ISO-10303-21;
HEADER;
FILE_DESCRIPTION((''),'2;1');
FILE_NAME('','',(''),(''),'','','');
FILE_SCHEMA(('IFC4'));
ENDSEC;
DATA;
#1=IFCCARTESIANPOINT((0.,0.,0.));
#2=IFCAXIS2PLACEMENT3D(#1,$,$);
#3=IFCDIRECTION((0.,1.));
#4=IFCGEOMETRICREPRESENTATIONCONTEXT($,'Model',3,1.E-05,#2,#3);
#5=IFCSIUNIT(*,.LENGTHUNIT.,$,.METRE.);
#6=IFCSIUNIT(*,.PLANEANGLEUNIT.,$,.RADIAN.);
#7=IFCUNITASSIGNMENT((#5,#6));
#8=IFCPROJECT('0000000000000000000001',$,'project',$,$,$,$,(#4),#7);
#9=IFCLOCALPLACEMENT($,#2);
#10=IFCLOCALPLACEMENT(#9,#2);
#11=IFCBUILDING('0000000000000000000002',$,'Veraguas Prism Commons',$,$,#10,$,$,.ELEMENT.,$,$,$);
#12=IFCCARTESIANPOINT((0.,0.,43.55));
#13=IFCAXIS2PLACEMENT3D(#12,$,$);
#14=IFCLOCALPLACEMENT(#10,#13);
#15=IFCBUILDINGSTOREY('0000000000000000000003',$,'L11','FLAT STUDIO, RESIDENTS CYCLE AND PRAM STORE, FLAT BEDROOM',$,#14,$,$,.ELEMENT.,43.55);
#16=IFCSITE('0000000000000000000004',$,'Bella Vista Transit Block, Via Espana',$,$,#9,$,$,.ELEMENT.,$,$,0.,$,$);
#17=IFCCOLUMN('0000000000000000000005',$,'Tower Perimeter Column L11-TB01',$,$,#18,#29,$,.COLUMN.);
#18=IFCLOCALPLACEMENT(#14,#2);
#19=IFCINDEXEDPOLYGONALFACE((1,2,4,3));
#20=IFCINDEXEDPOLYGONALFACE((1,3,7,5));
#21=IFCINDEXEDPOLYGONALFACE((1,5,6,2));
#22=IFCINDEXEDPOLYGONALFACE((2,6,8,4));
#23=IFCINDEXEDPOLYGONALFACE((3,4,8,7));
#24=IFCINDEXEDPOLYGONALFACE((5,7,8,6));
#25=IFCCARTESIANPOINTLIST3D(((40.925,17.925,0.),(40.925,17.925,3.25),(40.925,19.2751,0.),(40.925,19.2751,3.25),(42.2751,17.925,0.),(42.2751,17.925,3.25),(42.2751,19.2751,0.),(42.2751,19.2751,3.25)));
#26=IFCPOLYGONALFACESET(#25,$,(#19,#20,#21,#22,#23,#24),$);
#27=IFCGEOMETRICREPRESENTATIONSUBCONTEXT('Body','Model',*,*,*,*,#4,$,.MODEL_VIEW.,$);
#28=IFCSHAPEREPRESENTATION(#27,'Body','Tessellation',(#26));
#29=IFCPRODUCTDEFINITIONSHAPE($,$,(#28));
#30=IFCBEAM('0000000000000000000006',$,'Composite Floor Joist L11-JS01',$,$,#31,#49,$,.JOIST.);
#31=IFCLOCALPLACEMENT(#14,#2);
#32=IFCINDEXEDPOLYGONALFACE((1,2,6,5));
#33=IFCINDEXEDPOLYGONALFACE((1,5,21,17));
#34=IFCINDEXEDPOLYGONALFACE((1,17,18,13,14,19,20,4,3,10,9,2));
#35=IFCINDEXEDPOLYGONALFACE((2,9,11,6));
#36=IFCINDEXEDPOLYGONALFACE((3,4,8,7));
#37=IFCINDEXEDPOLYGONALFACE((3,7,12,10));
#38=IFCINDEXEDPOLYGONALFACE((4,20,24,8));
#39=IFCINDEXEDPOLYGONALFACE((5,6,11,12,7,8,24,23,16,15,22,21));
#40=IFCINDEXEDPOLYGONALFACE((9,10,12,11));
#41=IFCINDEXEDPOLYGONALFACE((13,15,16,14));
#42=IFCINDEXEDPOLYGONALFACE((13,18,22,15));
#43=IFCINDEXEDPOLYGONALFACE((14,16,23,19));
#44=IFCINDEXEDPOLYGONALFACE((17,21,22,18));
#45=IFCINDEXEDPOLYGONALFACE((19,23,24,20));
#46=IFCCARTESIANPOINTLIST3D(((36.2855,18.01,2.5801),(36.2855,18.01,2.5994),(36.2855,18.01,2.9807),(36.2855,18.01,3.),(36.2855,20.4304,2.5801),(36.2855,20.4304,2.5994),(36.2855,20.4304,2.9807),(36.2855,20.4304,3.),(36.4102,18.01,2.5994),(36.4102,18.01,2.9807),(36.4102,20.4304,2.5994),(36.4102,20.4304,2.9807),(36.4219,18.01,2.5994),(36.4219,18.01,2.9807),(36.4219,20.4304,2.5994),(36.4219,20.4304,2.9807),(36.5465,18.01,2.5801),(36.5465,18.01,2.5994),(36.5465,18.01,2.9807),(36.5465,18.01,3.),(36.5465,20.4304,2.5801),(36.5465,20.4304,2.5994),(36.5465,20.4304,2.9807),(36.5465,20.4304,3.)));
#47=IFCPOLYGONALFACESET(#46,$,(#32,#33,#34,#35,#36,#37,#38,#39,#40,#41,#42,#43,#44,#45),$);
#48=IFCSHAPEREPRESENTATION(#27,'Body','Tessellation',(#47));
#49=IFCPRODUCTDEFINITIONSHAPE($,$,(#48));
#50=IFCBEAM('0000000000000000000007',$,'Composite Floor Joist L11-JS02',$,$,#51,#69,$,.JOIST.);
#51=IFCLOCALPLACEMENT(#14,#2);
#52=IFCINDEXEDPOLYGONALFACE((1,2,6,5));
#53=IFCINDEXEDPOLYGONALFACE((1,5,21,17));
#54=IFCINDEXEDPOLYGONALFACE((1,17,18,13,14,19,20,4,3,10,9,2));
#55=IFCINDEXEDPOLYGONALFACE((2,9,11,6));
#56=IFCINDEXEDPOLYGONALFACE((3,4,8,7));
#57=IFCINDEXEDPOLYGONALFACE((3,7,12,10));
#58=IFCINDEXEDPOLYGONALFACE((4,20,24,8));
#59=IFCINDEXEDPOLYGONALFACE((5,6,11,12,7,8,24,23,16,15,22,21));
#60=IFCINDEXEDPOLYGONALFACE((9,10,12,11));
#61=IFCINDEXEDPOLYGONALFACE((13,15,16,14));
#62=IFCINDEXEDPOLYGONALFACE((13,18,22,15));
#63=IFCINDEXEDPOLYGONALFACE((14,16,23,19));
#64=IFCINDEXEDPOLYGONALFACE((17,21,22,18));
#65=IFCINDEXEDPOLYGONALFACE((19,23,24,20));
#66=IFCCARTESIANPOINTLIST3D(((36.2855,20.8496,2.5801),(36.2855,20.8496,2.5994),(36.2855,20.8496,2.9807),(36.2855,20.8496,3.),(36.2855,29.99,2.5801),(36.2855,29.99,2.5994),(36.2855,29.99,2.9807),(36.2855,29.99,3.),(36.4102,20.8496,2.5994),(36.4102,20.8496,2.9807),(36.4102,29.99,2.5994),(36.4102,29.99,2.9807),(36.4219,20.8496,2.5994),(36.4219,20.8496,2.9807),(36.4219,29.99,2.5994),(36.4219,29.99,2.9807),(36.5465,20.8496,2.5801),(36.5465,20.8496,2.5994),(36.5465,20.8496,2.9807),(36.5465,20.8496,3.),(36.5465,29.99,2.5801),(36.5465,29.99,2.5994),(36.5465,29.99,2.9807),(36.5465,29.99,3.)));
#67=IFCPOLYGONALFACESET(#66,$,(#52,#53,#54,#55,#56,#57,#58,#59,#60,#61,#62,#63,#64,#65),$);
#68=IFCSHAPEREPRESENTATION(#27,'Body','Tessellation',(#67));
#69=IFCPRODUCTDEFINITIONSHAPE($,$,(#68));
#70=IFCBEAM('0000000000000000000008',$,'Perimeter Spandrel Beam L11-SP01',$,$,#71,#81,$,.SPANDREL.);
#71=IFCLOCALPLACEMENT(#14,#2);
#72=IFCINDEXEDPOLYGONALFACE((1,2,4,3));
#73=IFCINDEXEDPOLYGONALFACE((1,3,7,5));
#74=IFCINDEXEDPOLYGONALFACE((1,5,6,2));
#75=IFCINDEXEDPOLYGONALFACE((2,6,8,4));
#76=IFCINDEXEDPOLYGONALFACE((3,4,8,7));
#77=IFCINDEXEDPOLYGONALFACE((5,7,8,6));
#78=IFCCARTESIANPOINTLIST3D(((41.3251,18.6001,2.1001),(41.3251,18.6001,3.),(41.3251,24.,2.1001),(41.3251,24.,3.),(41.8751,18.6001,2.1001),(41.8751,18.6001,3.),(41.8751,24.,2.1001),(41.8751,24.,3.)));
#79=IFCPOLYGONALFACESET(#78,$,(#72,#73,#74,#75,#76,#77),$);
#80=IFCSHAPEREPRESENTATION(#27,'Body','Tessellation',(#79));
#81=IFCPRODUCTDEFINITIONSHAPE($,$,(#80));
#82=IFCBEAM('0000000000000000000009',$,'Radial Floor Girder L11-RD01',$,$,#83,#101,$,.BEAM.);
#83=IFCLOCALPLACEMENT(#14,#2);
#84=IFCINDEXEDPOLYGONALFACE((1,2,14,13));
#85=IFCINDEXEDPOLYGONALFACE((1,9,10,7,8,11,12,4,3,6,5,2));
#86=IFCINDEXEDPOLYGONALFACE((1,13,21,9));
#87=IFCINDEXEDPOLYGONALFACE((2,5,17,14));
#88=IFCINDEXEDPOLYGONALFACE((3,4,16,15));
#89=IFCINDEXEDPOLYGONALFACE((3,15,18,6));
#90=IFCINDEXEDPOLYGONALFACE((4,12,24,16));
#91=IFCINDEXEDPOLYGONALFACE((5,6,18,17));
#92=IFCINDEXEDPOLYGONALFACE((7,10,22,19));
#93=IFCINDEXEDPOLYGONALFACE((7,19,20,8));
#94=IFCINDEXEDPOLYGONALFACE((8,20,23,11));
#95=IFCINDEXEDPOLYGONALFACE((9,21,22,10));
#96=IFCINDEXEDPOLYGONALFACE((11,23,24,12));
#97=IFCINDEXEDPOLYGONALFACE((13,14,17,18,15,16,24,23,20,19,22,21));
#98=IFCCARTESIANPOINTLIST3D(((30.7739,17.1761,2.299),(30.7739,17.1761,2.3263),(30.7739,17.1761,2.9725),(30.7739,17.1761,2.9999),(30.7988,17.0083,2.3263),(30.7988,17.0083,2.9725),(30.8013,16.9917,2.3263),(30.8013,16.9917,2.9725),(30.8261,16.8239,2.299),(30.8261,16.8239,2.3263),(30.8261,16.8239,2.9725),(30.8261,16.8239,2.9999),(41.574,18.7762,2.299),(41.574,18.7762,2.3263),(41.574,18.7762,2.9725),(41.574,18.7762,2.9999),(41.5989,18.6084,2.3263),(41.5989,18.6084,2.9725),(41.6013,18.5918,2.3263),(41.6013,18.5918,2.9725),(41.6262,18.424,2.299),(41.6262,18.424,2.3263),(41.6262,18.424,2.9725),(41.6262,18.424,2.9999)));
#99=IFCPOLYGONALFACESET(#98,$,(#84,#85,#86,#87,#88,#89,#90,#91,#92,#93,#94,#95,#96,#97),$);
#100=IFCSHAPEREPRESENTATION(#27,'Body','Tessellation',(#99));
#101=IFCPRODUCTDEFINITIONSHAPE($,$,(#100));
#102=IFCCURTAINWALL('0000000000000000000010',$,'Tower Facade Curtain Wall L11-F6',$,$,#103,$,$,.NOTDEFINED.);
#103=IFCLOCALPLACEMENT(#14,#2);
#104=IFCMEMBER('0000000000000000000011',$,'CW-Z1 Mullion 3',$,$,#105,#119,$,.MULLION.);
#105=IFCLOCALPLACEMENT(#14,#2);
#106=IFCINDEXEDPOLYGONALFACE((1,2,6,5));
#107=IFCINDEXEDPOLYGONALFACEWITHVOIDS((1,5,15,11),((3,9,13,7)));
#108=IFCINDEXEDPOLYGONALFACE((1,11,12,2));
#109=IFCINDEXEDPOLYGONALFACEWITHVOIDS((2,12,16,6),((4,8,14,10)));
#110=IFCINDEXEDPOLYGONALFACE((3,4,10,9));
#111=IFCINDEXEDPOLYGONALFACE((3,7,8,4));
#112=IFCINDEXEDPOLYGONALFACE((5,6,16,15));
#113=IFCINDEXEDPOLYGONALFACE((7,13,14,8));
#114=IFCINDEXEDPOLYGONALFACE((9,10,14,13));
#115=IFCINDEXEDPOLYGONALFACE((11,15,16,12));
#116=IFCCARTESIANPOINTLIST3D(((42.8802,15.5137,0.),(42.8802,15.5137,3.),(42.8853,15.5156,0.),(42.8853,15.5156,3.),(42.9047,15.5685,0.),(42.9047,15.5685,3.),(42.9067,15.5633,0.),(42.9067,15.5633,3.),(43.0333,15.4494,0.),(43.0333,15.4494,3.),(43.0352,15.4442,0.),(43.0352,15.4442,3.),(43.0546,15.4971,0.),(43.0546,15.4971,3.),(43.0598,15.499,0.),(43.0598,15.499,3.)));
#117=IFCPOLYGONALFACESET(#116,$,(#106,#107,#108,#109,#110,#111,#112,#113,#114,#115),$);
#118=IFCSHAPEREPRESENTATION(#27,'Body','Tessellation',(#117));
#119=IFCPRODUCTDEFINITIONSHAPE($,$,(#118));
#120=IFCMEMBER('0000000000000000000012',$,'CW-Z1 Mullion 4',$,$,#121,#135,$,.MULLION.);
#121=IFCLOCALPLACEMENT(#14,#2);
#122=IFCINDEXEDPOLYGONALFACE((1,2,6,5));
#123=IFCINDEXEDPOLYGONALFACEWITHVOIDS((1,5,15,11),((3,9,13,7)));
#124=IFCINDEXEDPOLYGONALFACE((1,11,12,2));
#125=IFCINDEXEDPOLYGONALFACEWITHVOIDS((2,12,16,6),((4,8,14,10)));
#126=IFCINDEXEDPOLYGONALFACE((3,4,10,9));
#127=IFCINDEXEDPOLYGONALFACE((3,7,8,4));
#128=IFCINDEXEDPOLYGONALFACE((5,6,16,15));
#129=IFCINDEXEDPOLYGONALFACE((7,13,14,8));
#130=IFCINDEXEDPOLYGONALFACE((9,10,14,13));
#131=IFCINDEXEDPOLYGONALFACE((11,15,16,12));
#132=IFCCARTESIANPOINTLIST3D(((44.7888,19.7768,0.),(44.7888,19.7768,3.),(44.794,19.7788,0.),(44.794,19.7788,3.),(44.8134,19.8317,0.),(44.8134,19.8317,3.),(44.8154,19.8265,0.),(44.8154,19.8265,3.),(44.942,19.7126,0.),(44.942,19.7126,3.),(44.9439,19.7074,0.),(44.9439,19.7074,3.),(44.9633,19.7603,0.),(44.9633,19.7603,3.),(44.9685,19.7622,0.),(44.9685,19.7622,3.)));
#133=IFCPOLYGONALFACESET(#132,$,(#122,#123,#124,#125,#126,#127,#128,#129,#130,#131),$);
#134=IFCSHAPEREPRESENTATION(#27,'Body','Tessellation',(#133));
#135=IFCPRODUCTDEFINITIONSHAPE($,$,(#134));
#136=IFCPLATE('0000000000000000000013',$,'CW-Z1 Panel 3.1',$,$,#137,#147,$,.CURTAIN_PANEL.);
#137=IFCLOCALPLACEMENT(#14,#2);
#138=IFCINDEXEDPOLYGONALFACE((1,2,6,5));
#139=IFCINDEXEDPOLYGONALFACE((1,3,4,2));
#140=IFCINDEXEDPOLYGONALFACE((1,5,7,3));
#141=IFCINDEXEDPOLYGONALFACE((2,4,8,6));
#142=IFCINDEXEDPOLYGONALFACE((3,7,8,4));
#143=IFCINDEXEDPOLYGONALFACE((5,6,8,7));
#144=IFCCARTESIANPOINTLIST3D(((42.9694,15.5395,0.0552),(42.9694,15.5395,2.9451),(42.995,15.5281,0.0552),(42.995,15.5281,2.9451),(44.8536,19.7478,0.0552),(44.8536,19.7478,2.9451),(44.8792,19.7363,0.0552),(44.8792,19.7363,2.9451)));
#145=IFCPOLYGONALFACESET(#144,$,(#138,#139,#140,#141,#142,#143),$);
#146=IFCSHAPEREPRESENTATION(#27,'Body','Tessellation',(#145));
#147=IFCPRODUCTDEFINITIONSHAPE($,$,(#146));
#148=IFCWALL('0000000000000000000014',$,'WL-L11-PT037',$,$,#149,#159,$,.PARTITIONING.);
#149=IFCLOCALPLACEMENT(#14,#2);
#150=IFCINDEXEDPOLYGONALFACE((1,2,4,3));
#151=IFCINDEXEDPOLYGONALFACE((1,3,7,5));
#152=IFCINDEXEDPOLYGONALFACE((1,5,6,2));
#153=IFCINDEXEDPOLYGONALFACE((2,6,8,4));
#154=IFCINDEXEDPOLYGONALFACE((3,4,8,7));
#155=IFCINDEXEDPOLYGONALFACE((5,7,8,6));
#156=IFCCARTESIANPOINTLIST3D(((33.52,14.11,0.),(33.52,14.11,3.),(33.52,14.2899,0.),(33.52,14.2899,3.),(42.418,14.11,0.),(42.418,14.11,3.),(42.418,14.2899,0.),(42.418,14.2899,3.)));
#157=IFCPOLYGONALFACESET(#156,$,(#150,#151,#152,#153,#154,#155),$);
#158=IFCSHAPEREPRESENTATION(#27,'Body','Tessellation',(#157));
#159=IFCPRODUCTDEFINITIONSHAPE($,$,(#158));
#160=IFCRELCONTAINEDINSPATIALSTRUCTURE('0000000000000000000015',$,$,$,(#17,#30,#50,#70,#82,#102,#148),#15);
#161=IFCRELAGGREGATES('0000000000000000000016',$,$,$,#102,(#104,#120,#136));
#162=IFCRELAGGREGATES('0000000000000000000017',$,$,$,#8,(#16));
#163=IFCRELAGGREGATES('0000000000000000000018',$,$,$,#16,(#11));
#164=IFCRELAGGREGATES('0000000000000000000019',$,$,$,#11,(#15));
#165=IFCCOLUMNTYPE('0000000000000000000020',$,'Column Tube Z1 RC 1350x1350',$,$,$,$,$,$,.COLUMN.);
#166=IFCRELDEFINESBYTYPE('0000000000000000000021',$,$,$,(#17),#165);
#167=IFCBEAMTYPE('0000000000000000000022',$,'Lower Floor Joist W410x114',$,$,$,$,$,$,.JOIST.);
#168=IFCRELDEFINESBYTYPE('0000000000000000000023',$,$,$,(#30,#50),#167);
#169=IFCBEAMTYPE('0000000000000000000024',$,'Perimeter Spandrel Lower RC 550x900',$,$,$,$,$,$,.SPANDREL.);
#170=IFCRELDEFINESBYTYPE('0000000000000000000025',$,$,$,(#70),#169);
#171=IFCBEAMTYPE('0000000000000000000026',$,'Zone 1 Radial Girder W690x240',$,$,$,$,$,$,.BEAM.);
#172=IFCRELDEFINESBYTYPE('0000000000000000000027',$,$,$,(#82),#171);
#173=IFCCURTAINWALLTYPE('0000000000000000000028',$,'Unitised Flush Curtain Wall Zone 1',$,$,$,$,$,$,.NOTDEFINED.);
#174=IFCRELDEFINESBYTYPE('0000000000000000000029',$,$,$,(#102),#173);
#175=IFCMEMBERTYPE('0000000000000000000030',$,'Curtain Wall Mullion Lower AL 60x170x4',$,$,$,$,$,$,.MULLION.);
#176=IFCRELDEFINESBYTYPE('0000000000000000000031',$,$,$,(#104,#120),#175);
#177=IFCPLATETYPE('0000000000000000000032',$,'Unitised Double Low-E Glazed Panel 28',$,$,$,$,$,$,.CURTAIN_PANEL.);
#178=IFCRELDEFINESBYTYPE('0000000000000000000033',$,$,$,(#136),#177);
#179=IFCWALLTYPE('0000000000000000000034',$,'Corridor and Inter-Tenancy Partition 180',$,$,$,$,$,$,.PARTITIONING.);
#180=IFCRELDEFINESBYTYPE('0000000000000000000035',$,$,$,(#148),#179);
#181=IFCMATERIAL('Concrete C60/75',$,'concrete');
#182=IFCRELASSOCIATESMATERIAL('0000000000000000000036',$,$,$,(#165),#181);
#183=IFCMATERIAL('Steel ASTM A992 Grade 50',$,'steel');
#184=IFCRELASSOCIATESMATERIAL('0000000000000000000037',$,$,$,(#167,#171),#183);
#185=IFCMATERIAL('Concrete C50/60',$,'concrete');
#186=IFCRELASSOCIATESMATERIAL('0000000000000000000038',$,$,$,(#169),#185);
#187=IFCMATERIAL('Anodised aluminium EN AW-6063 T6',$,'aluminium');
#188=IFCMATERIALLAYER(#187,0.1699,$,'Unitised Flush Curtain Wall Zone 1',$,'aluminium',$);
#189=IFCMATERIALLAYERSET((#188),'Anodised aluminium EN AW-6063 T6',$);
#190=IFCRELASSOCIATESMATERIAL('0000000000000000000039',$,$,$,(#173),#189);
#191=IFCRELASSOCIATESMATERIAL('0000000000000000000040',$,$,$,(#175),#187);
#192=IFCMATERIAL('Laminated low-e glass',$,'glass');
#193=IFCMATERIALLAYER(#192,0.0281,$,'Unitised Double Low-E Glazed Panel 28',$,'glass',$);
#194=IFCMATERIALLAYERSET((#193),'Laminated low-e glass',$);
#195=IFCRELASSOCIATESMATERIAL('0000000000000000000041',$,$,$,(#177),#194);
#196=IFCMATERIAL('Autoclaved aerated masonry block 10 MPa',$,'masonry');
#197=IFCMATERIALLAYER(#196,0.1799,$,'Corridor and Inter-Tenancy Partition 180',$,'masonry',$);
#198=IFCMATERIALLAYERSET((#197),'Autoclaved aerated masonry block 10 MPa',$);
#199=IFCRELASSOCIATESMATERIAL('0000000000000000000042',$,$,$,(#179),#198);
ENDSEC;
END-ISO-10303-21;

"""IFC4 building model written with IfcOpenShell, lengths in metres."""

from ifc_helpers import new_model, si_unit, direction, frame, frame_2d, origin, origin_2d, place, context, subcontext, project, spatial, rectangle, hollow_rectangle, i_section, extrude, source, transform, mapped, material, layer, layer_set, material_profile, profile_set, type_object, element, aggregate, save


model = new_model("IFC4")

# Units and contexts
model_context = context("Model", 3, precision=1e-05, world=origin(), true_north=direction((0.0, 1.0)))
body_context = subcontext(model_context, "Body", "Model", "MODEL_VIEW")
ifc_project = project(units=[si_unit("LENGTHUNIT", "METRE"), si_unit("PLANEANGLEUNIT", "RADIAN")], contexts=[model_context])

# Site, building, storey
site_placement = place(None, origin())
site = spatial("IfcSite", under=ifc_project, at=site_placement, Name="Bella Vista Transit Block, Via Espana", CompositionType="ELEMENT", RefElevation=0.0)
building_placement = place(site_placement, origin())
building = spatial("IfcBuilding", under=site, at=building_placement, Name="Veraguas Prism Commons", CompositionType="ELEMENT")
storey_placement = place(building_placement, frame((0.0, 0.0, 43.55)))
storey = spatial("IfcBuildingStorey", under=building, at=storey_placement, Name="L11", Description="FLAT STUDIO, RESIDENTS CYCLE AND PRAM STORE, FLAT BEDROOM", CompositionType="ELEMENT", Elevation=43.55)

# Column
ifc_material_1 = material(Name="Concrete C60/75", Category="concrete")
ifc_material_profile_1 = material_profile(ifc_material_1, rectangle(XDim=1.3501, YDim=1.3501, at=origin_2d()), Name="RC1350X1350")
ifc_profile_set_1 = profile_set([ifc_material_profile_1], Name="Concrete C60/75")
column_type = type_object("IfcColumnType", Name="Column Tube Z1 RC 1350x1350", PredefinedType="COLUMN", material=ifc_profile_set_1)
column_placement = place(storey_placement, frame((41.6001, 18.6001, 0.0), z_axis=(0.0, 0.0, 1.0), x_axis=(1.0, 0.0, 0.0)))
element("IfcColumn", 1, at=column_placement, inside=storey, type_object=column_type, Name="Tower Perimeter Column L11-TB01", PredefinedType="COLUMN", context=body_context, shape_type="SweptSolid", body=[
    extrude(rectangle(XDim=1.3501, YDim=1.3501, at=origin_2d()), origin(), (0.0, 0.0, 1.0), 3.25),
])

# Beams
ifc_material_2 = material(Name="Steel ASTM A992 Grade 50", Category="steel")
ifc_material_profile_2 = material_profile(ifc_material_2, i_section(OverallWidth=0.261, OverallDepth=0.4199, WebThickness=0.0117, FlangeThickness=0.0193, at=origin_2d()), Name="W410X114")
ifc_profile_set_2 = profile_set([ifc_material_profile_2], Name="Steel ASTM A992 Grade 50")
beam_type_1 = type_object("IfcBeamType", Name="Lower Floor Joist W410x114", PredefinedType="JOIST", material=ifc_profile_set_2)
beam_1_placement = place(storey_placement, frame((36.416, 18.01, 2.79), z_axis=(0.0, 1.0, 0.0), x_axis=(-1.0, 0.0, 0.0)))
element("IfcBeam", 2, at=beam_1_placement, inside=storey, type_object=beam_type_1, Name="Composite Floor Joist L11-JS01", PredefinedType="JOIST", context=body_context, shape_type="SweptSolid", body=[
    extrude(i_section(OverallWidth=0.261, OverallDepth=0.4199, WebThickness=0.0117, FlangeThickness=0.0193, at=origin_2d()), origin(), (0.0, 0.0, 1.0), 2.4204),
])
beam_2_placement = place(storey_placement, frame((36.416, 20.8496, 2.79), z_axis=(0.0, 1.0, 0.0), x_axis=(-1.0, 0.0, 0.0)))
element("IfcBeam", 3, at=beam_2_placement, inside=storey, type_object=beam_type_1, Name="Composite Floor Joist L11-JS02", PredefinedType="JOIST", context=body_context, shape_type="SweptSolid", body=[
    extrude(i_section(OverallWidth=0.261, OverallDepth=0.4199, WebThickness=0.0117, FlangeThickness=0.0193, at=origin_2d()), origin(), (0.0, 0.0, 1.0), 9.1404),
])
ifc_material_3 = material(Name="Concrete C50/60", Category="concrete")
ifc_material_profile_3 = material_profile(ifc_material_3, rectangle(XDim=0.55, YDim=0.8999, at=origin_2d()), Name="RC550X900")
ifc_profile_set_3 = profile_set([ifc_material_profile_3], Name="Concrete C50/60")
beam_type_2 = type_object("IfcBeamType", Name="Perimeter Spandrel Lower RC 550x900", PredefinedType="SPANDREL", material=ifc_profile_set_3)
beam_3_placement = place(storey_placement, frame((41.6001, 18.6001, 2.55), z_axis=(0.0, 1.0, 0.0), x_axis=(-1.0, 0.0, 0.0)))
element("IfcBeam", 4, at=beam_3_placement, inside=storey, type_object=beam_type_2, Name="Perimeter Spandrel Beam L11-SP01", PredefinedType="SPANDREL", context=body_context, shape_type="SweptSolid", body=[
    extrude(rectangle(XDim=0.55, YDim=0.8999, at=origin_2d()), origin(), (0.0, 0.0, 1.0), 5.3999),
])
ifc_material_profile_4 = material_profile(ifc_material_2, i_section(OverallWidth=0.356, OverallDepth=0.7009, WebThickness=0.0168, FlangeThickness=0.0273, at=origin_2d()), Name="W690X240")
ifc_profile_set_4 = profile_set([ifc_material_profile_4], Name="Steel ASTM A992 Grade 50")
beam_type_3 = type_object("IfcBeamType", Name="Zone 1 Radial Girder W690x240", PredefinedType="BEAM", material=ifc_profile_set_4)
beam_4_placement = place(storey_placement, frame((41.6001, 18.6001, 2.6494), z_axis=(-0.989202, -0.146557, 0.0), x_axis=(0.146557, -0.989202, 0.0)))
element("IfcBeam", 5, at=beam_4_placement, inside=storey, type_object=beam_type_3, Name="Radial Floor Girder L11-RD01", PredefinedType="BEAM", context=body_context, shape_type="SweptSolid", body=[
    extrude(i_section(OverallWidth=0.356, OverallDepth=0.7009, WebThickness=0.0168, FlangeThickness=0.0273, at=origin_2d()), origin(), (0.0, 0.0, 1.0), 10.918),
])

# Curtain wall, members, plate
ifc_material_4 = material(Name="Anodised aluminium EN AW-6063 T6", Category="aluminium")
ifc_layer_1 = layer(ifc_material_4, 0.1699, Name="Unitised Flush Curtain Wall Zone 1", Category="aluminium")
ifc_layer_set_1 = layer_set([ifc_layer_1], Name="Anodised aluminium EN AW-6063 T6")
curtain_wall_type = type_object("IfcCurtainWallType", Name="Unitised Flush Curtain Wall Zone 1", PredefinedType="NOTDEFINED", material=ifc_layer_set_1)
curtain_wall_placement = place(storey_placement, origin())
curtain_wall = element("IfcCurtainWall", 6, at=curtain_wall_placement, inside=storey, type_object=curtain_wall_type, Name="Tower Facade Curtain Wall L11-F6", PredefinedType="NOTDEFINED")
ifc_material_profile_5 = material_profile(ifc_material_4, hollow_rectangle(XDim=0.0601, YDim=0.1699, WallThickness=0.0039, at=origin_2d()), Name="AL60X170X4")
ifc_profile_set_5 = profile_set([ifc_material_profile_5], Name="Anodised aluminium EN AW-6063 T6")
member_type = type_object("IfcMemberType", Name="Curtain Wall Mullion Lower AL 60x170x4", PredefinedType="MULLION", material=ifc_profile_set_5)
shared_shape_1 = source(origin(), body_context, "Body", "SweptSolid", [
    extrude(hollow_rectangle(XDim=0.0601, YDim=0.1699, WallThickness=0.0039, at=origin_2d()), origin(), (0.0, 0.0, 1.0), 3.0),
])
member_1_placement = place(storey_placement, frame((42.97, 15.5063, 0.0), z_axis=(0.0, 0.0, 1.0), x_axis=(0.408649, 0.912692, 0.0)))
member_1 = element("IfcMember", 7, at=member_1_placement, type_object=member_type, Name="CW-Z1 Mullion 3", PredefinedType="MULLION", context=body_context, shape_type="MappedRepresentation", body=[
    mapped(shared_shape_1, transform((0.0, 0.0, 0.0), scale=1.0)),
])
member_2_placement = place(storey_placement, frame((44.8787, 19.7695, 0.0), z_axis=(0.0, 0.0, 1.0), x_axis=(0.408649, 0.912692, 0.0)))
member_2 = element("IfcMember", 8, at=member_2_placement, type_object=member_type, Name="CW-Z1 Mullion 4", PredefinedType="MULLION", context=body_context, shape_type="MappedRepresentation", body=[
    mapped(shared_shape_1, transform((0.0, 0.0, 0.0), scale=1.0)),
])
ifc_material_5 = material(Name="Laminated low-e glass", Category="glass")
ifc_layer_2 = layer(ifc_material_5, 0.0281, Name="Unitised Double Low-E Glazed Panel 28", Category="glass")
ifc_layer_set_2 = layer_set([ifc_layer_2], Name="Laminated low-e glass")
plate_type = type_object("IfcPlateType", Name="Unitised Double Low-E Glazed Panel 28", PredefinedType="CURTAIN_PANEL", material=ifc_layer_set_2)
shared_shape_2 = source(origin(), body_context, "Body", "SweptSolid", [
    extrude(rectangle(XDim=4.6108, YDim=0.0281, at=origin_2d()), origin(), (0.0, 0.0, 1.0), 2.8899),
])
plate_placement = place(storey_placement, frame((43.9243, 17.6379, 0.0552), z_axis=(0.0, 0.0, 1.0), x_axis=(0.408649, 0.912692, 0.0)))
plate = element("IfcPlate", 9, at=plate_placement, type_object=plate_type, Name="CW-Z1 Panel 3.1", PredefinedType="CURTAIN_PANEL", context=body_context, shape_type="MappedRepresentation", body=[
    mapped(shared_shape_2, transform((0.0, 0.0, 0.0), scale=1.0)),
])
aggregate(curtain_wall, [member_1, member_2, plate])

# Wall
ifc_material_6 = material(Name="Autoclaved aerated masonry block 10 MPa", Category="masonry")
ifc_layer_3 = layer(ifc_material_6, 0.1799, Name="Corridor and Inter-Tenancy Partition 180", Category="masonry")
ifc_layer_set_3 = layer_set([ifc_layer_3], Name="Autoclaved aerated masonry block 10 MPa")
wall_type_1 = type_object("IfcWallType", Name="Corridor and Inter-Tenancy Partition 180", PredefinedType="PARTITIONING", material=ifc_layer_set_3)
wall_1_placement = place(storey_placement, frame((33.52, 14.2, 0.0), z_axis=(0.0, 0.0, 1.0), x_axis=(1.0, 0.0, 0.0)))
element("IfcWall", 10, at=wall_1_placement, inside=storey, type_object=wall_type_1, Name="WL-L11-PT037", PredefinedType="PARTITIONING", context=body_context, shape_type="SweptSolid", body=[
    extrude(rectangle(XDim=8.8979, YDim=0.1799, at=frame_2d((4.449, 0.0))), origin(), (0.0, 0.0, 1.0), 3.0),
])

save(model, "model.ifc")
